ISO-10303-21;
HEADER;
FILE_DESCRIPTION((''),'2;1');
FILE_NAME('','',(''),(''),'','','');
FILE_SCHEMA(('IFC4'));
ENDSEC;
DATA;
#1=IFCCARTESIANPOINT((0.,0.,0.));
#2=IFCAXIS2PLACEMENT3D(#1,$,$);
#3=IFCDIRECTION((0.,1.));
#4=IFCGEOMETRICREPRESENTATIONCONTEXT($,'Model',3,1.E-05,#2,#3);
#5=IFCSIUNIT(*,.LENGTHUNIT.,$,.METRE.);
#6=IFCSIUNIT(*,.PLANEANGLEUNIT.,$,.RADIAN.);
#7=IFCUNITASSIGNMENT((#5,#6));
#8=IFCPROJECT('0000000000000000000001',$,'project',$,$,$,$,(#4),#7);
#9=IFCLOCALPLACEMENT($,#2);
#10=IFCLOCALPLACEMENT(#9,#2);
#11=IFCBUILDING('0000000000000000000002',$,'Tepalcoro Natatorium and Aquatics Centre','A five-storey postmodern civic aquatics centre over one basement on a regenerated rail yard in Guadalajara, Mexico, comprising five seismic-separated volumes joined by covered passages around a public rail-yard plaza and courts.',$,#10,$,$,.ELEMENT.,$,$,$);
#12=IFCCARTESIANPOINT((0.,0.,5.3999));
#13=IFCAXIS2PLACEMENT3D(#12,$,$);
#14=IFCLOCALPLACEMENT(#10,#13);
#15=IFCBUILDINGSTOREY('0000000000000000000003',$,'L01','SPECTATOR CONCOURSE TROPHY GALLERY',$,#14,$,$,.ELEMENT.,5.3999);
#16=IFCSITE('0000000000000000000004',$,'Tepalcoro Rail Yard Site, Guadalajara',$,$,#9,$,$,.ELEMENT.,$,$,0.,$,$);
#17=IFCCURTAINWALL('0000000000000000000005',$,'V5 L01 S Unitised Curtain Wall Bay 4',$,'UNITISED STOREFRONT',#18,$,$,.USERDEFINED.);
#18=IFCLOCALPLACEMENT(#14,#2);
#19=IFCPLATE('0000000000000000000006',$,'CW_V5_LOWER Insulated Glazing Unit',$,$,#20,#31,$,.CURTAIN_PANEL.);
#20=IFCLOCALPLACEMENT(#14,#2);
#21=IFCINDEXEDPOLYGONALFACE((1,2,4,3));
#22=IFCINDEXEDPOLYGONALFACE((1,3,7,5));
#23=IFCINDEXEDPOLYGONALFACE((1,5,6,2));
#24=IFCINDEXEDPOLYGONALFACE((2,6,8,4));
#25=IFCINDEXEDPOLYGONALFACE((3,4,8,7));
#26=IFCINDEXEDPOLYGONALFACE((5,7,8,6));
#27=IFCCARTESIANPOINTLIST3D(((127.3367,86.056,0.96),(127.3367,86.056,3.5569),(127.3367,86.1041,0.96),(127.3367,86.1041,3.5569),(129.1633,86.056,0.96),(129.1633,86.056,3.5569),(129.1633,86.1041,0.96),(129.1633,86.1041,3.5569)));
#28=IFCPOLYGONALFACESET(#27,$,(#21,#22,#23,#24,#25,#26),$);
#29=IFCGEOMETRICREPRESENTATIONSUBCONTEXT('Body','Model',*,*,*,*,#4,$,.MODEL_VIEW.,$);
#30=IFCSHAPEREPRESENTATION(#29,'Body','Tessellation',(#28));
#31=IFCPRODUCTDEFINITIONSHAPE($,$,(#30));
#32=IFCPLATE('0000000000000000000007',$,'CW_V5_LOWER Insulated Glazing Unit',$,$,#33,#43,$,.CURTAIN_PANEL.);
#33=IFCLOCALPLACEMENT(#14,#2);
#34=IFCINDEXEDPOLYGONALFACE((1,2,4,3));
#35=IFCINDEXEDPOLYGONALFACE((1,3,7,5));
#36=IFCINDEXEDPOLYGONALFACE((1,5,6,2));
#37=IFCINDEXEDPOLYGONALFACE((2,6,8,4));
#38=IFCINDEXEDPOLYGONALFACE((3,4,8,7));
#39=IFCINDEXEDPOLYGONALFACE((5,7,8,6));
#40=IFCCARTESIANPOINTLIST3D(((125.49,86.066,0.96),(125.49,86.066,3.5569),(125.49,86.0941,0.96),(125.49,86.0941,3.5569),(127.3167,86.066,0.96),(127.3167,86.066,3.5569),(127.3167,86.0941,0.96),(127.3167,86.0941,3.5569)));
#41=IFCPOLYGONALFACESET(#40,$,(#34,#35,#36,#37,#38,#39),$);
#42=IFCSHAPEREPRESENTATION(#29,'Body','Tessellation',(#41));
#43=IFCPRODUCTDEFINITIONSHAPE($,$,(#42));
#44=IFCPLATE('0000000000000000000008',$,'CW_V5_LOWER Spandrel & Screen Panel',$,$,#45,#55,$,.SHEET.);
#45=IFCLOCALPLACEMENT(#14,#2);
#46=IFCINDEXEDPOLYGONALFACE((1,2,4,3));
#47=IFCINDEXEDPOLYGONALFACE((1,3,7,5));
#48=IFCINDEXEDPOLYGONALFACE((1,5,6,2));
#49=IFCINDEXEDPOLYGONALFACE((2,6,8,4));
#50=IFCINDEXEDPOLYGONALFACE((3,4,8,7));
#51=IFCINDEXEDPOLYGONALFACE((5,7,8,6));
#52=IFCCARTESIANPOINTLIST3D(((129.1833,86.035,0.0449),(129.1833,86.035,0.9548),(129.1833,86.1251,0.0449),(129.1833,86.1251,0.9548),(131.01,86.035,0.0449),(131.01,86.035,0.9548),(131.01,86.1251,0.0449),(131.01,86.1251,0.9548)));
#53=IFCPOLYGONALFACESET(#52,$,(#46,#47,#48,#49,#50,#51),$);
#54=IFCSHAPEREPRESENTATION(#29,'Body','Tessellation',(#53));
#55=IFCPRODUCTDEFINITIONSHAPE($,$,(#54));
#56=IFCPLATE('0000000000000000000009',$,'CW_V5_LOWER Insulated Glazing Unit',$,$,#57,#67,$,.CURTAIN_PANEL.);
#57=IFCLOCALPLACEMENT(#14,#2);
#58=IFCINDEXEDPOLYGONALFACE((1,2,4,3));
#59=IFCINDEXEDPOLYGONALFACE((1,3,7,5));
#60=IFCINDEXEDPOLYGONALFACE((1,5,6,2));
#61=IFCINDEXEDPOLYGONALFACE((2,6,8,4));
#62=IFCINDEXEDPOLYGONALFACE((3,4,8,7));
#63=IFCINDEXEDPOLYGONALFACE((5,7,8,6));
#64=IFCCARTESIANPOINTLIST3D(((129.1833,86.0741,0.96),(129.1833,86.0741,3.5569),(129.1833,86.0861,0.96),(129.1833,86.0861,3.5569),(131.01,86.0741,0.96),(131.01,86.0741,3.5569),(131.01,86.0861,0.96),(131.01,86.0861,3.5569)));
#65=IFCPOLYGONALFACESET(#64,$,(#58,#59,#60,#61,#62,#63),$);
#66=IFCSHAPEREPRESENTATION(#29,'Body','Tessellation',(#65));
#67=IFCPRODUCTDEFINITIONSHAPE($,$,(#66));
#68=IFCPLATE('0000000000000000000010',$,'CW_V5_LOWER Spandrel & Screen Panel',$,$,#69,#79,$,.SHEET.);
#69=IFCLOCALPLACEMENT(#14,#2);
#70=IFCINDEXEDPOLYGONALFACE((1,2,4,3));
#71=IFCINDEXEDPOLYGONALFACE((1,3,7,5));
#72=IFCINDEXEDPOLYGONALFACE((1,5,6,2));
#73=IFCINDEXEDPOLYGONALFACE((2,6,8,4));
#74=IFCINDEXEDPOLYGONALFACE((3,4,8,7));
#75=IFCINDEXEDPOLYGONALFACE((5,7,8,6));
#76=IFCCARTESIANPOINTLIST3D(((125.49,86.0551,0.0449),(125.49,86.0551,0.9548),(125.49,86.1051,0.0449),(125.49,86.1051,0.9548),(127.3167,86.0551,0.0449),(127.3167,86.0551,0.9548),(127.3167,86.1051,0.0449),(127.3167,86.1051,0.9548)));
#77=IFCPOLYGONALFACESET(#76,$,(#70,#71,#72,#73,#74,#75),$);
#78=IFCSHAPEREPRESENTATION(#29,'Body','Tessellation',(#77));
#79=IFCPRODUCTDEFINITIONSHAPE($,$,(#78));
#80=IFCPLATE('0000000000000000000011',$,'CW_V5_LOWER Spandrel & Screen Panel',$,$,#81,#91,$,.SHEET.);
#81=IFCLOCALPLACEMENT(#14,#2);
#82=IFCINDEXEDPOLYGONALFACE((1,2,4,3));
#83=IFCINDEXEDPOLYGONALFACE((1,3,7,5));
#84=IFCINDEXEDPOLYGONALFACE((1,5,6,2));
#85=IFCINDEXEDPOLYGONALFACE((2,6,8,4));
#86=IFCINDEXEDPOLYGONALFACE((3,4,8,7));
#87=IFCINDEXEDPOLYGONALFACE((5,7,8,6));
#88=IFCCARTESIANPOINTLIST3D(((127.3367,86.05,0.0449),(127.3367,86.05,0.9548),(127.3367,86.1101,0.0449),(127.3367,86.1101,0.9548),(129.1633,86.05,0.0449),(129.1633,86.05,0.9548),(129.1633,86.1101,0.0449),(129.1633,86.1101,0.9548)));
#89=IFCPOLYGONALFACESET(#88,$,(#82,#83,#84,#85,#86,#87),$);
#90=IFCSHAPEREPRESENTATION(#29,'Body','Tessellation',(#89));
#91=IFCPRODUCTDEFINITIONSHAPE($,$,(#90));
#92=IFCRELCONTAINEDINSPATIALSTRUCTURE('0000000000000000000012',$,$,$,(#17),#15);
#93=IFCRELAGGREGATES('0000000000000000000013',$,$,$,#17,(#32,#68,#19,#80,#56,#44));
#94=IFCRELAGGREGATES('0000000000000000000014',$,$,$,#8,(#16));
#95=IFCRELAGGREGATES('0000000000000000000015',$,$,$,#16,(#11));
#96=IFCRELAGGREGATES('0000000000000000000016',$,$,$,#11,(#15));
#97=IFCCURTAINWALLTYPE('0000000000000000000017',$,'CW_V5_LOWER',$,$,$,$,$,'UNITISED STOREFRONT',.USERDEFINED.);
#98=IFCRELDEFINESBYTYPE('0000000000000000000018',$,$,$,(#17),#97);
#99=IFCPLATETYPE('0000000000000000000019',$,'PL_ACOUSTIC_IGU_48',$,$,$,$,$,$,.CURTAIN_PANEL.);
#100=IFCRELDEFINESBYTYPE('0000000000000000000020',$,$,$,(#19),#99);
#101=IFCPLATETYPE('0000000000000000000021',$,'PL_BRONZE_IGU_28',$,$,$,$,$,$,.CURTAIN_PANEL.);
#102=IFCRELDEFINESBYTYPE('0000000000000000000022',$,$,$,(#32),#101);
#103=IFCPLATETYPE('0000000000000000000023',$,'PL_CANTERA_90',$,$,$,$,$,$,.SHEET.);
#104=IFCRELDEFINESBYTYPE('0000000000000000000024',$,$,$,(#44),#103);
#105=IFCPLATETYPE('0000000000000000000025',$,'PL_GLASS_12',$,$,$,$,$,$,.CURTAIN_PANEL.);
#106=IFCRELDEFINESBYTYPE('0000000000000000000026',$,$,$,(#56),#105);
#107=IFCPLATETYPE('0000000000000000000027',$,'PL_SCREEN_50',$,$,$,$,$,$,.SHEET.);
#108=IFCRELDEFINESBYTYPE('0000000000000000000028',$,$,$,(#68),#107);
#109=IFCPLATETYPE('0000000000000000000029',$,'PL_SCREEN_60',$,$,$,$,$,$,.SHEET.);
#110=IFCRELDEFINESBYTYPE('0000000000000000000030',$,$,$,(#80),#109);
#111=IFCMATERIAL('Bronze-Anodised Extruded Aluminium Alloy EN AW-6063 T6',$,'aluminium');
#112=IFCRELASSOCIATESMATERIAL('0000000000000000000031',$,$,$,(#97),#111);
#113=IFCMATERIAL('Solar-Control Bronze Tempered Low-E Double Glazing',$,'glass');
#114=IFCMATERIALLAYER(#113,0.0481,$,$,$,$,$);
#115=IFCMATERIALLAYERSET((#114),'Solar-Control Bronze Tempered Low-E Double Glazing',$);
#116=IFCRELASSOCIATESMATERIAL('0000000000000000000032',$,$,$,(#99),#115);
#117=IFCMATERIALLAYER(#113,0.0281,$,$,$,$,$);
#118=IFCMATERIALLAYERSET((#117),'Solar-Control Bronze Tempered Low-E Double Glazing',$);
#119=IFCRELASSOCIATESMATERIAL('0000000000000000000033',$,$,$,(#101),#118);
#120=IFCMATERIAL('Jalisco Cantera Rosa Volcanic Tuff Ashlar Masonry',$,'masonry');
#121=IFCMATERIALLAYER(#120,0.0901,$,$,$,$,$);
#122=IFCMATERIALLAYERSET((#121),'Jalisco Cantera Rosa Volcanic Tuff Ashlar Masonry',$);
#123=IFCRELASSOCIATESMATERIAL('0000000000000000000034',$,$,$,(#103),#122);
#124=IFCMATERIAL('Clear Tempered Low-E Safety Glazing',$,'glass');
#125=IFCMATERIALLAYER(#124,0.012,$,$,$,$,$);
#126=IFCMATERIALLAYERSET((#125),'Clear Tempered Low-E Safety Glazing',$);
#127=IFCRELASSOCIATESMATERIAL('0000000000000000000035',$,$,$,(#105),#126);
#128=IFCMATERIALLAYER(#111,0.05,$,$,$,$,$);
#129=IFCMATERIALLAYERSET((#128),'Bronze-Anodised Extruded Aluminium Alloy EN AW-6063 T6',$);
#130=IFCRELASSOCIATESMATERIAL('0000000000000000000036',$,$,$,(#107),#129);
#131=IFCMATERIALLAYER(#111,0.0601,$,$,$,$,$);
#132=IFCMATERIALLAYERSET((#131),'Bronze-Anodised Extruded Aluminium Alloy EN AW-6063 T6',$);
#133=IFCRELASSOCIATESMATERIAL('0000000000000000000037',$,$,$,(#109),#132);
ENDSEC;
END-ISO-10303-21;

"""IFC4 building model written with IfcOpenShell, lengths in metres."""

from ifc_helpers import new_model, si_unit, direction, frame, origin, origin_2d, place, context, subcontext, project, spatial, rectangle, extrude, material, layer, layer_set, type_object, element, aggregate, save


model = new_model("IFC4")

# Units and contexts
model_context = context("Model", 3, precision=1e-05, world=origin(), true_north=direction((0.0, 1.0)))
body_context = subcontext(model_context, "Body", "Model", "MODEL_VIEW")
ifc_project = project(units=[si_unit("LENGTHUNIT", "METRE"), si_unit("PLANEANGLEUNIT", "RADIAN")], contexts=[model_context])

# Site, building, storey
site_placement = place(None, origin())
site = spatial("IfcSite", under=ifc_project, at=site_placement, Name="Tepalcoro Rail Yard Site, Guadalajara", CompositionType="ELEMENT", RefElevation=0.0)
building_placement = place(site_placement, origin())
building = spatial("IfcBuilding", under=site, at=building_placement, Name="Tepalcoro Natatorium and Aquatics Centre", Description="A five-storey postmodern civic aquatics centre over one basement on a regenerated rail yard in Guadalajara, Mexico, comprising five seismic-separated volumes joined by covered passages around a public rail-yard plaza and courts.", CompositionType="ELEMENT")
storey_placement = place(building_placement, frame((0.0, 0.0, 5.3999)))
storey = spatial("IfcBuildingStorey", under=building, at=storey_placement, Name="L01", Description="SPECTATOR CONCOURSE TROPHY GALLERY", CompositionType="ELEMENT", Elevation=5.3999)

# Curtain wall
ifc_material_1 = material(Name="Bronze-Anodised Extruded Aluminium Alloy EN AW-6063 T6", Category="aluminium")
curtain_wall_type = type_object("IfcCurtainWallType", Name="CW_V5_LOWER", ElementType="UNITISED STOREFRONT", PredefinedType="USERDEFINED", material=ifc_material_1)
curtain_wall_placement = place(storey_placement, origin())
curtain_wall = element("IfcCurtainWall", 1, at=curtain_wall_placement, inside=storey, type_object=curtain_wall_type, Name="V5 L01 S Unitised Curtain Wall Bay 4", ObjectType="UNITISED STOREFRONT", PredefinedType="USERDEFINED")

# Plates
ifc_material_2 = material(Name="Solar-Control Bronze Tempered Low-E Double Glazing", Category="glass")
ifc_layer_1 = layer(ifc_material_2, 0.0481)
ifc_layer_set_1 = layer_set([ifc_layer_1], Name="Solar-Control Bronze Tempered Low-E Double Glazing")
plate_type_1 = type_object("IfcPlateType", Name="PL_ACOUSTIC_IGU_48", PredefinedType="CURTAIN_PANEL", material=ifc_layer_set_1)
plate_1_placement = place(storey_placement, frame((128.25, 86.0801, 0.96), z_axis=(0.0, 0.0, 1.0), x_axis=(1.0, 0.0, 0.0)))
plate_1 = element("IfcPlate", 2, at=plate_1_placement, type_object=plate_type_1, Name="CW_V5_LOWER Insulated Glazing Unit", PredefinedType="CURTAIN_PANEL", context=body_context, shape_type="SweptSolid", body=[
    extrude(rectangle(XDim=1.8267, YDim=0.0481, at=origin_2d()), origin(), (0.0, 0.0, 1.0), 2.5969),
])
ifc_layer_2 = layer(ifc_material_2, 0.0281)
ifc_layer_set_2 = layer_set([ifc_layer_2], Name="Solar-Control Bronze Tempered Low-E Double Glazing")
plate_type_2 = type_object("IfcPlateType", Name="PL_BRONZE_IGU_28", PredefinedType="CURTAIN_PANEL", material=ifc_layer_set_2)
plate_2_placement = place(storey_placement, frame((126.4033, 86.0801, 0.96), z_axis=(0.0, 0.0, 1.0), x_axis=(1.0, 0.0, 0.0)))
plate_2 = element("IfcPlate", 3, at=plate_2_placement, type_object=plate_type_2, Name="CW_V5_LOWER Insulated Glazing Unit", PredefinedType="CURTAIN_PANEL", context=body_context, shape_type="SweptSolid", body=[
    extrude(rectangle(XDim=1.8267, YDim=0.0281, at=origin_2d()), origin(), (0.0, 0.0, 1.0), 2.5969),
])
ifc_material_3 = material(Name="Jalisco Cantera Rosa Volcanic Tuff Ashlar Masonry", Category="masonry")
ifc_layer_3 = layer(ifc_material_3, 0.0901)
ifc_layer_set_3 = layer_set([ifc_layer_3], Name="Jalisco Cantera Rosa Volcanic Tuff Ashlar Masonry")
plate_type_3 = type_object("IfcPlateType", Name="PL_CANTERA_90", PredefinedType="SHEET", material=ifc_layer_set_3)
plate_3_placement = place(storey_placement, frame((130.0967, 86.0801, 0.0449), z_axis=(0.0, 0.0, 1.0), x_axis=(1.0, 0.0, 0.0)))
plate_3 = element("IfcPlate", 4, at=plate_3_placement, type_object=plate_type_3, Name="CW_V5_LOWER Spandrel & Screen Panel", PredefinedType="SHEET", context=body_context, shape_type="SweptSolid", body=[
    extrude(rectangle(XDim=1.8267, YDim=0.0901, at=origin_2d()), origin(), (0.0, 0.0, 1.0), 0.9099),
])
ifc_material_4 = material(Name="Clear Tempered Low-E Safety Glazing", Category="glass")
ifc_layer_4 = layer(ifc_material_4, 0.012)
ifc_layer_set_4 = layer_set([ifc_layer_4], Name="Clear Tempered Low-E Safety Glazing")
plate_type_4 = type_object("IfcPlateType", Name="PL_GLASS_12", PredefinedType="CURTAIN_PANEL", material=ifc_layer_set_4)
plate_4_placement = place(storey_placement, frame((130.0967, 86.0801, 0.96), z_axis=(0.0, 0.0, 1.0), x_axis=(1.0, 0.0, 0.0)))
plate_4 = element("IfcPlate", 5, at=plate_4_placement, type_object=plate_type_4, Name="CW_V5_LOWER Insulated Glazing Unit", PredefinedType="CURTAIN_PANEL", context=body_context, shape_type="SweptSolid", body=[
    extrude(rectangle(XDim=1.8267, YDim=0.012, at=origin_2d()), origin(), (0.0, 0.0, 1.0), 2.5969),
])
ifc_layer_5 = layer(ifc_material_1, 0.05)
ifc_layer_set_5 = layer_set([ifc_layer_5], Name="Bronze-Anodised Extruded Aluminium Alloy EN AW-6063 T6")
plate_type_5 = type_object("IfcPlateType", Name="PL_SCREEN_50", PredefinedType="SHEET", material=ifc_layer_set_5)
plate_5_placement = place(storey_placement, frame((126.4033, 86.0801, 0.0449), z_axis=(0.0, 0.0, 1.0), x_axis=(1.0, 0.0, 0.0)))
plate_5 = element("IfcPlate", 6, at=plate_5_placement, type_object=plate_type_5, Name="CW_V5_LOWER Spandrel & Screen Panel", PredefinedType="SHEET", context=body_context, shape_type="SweptSolid", body=[
    extrude(rectangle(XDim=1.8267, YDim=0.05, at=origin_2d()), origin(), (0.0, 0.0, 1.0), 0.9099),
])
ifc_layer_6 = layer(ifc_material_1, 0.0601)
ifc_layer_set_6 = layer_set([ifc_layer_6], Name="Bronze-Anodised Extruded Aluminium Alloy EN AW-6063 T6")
plate_type_6 = type_object("IfcPlateType", Name="PL_SCREEN_60", PredefinedType="SHEET", material=ifc_layer_set_6)
plate_6_placement = place(storey_placement, frame((128.25, 86.0801, 0.0449), z_axis=(0.0, 0.0, 1.0), x_axis=(1.0, 0.0, 0.0)))
plate_6 = element("IfcPlate", 7, at=plate_6_placement, type_object=plate_type_6, Name="CW_V5_LOWER Spandrel & Screen Panel", PredefinedType="SHEET", context=body_context, shape_type="SweptSolid", body=[
    extrude(rectangle(XDim=1.8267, YDim=0.0601, at=origin_2d()), origin(), (0.0, 0.0, 1.0), 0.9099),
])
aggregate(curtain_wall, [plate_2, plate_5, plate_1, plate_6, plate_4, plate_3])

save(model, "model.ifc")
